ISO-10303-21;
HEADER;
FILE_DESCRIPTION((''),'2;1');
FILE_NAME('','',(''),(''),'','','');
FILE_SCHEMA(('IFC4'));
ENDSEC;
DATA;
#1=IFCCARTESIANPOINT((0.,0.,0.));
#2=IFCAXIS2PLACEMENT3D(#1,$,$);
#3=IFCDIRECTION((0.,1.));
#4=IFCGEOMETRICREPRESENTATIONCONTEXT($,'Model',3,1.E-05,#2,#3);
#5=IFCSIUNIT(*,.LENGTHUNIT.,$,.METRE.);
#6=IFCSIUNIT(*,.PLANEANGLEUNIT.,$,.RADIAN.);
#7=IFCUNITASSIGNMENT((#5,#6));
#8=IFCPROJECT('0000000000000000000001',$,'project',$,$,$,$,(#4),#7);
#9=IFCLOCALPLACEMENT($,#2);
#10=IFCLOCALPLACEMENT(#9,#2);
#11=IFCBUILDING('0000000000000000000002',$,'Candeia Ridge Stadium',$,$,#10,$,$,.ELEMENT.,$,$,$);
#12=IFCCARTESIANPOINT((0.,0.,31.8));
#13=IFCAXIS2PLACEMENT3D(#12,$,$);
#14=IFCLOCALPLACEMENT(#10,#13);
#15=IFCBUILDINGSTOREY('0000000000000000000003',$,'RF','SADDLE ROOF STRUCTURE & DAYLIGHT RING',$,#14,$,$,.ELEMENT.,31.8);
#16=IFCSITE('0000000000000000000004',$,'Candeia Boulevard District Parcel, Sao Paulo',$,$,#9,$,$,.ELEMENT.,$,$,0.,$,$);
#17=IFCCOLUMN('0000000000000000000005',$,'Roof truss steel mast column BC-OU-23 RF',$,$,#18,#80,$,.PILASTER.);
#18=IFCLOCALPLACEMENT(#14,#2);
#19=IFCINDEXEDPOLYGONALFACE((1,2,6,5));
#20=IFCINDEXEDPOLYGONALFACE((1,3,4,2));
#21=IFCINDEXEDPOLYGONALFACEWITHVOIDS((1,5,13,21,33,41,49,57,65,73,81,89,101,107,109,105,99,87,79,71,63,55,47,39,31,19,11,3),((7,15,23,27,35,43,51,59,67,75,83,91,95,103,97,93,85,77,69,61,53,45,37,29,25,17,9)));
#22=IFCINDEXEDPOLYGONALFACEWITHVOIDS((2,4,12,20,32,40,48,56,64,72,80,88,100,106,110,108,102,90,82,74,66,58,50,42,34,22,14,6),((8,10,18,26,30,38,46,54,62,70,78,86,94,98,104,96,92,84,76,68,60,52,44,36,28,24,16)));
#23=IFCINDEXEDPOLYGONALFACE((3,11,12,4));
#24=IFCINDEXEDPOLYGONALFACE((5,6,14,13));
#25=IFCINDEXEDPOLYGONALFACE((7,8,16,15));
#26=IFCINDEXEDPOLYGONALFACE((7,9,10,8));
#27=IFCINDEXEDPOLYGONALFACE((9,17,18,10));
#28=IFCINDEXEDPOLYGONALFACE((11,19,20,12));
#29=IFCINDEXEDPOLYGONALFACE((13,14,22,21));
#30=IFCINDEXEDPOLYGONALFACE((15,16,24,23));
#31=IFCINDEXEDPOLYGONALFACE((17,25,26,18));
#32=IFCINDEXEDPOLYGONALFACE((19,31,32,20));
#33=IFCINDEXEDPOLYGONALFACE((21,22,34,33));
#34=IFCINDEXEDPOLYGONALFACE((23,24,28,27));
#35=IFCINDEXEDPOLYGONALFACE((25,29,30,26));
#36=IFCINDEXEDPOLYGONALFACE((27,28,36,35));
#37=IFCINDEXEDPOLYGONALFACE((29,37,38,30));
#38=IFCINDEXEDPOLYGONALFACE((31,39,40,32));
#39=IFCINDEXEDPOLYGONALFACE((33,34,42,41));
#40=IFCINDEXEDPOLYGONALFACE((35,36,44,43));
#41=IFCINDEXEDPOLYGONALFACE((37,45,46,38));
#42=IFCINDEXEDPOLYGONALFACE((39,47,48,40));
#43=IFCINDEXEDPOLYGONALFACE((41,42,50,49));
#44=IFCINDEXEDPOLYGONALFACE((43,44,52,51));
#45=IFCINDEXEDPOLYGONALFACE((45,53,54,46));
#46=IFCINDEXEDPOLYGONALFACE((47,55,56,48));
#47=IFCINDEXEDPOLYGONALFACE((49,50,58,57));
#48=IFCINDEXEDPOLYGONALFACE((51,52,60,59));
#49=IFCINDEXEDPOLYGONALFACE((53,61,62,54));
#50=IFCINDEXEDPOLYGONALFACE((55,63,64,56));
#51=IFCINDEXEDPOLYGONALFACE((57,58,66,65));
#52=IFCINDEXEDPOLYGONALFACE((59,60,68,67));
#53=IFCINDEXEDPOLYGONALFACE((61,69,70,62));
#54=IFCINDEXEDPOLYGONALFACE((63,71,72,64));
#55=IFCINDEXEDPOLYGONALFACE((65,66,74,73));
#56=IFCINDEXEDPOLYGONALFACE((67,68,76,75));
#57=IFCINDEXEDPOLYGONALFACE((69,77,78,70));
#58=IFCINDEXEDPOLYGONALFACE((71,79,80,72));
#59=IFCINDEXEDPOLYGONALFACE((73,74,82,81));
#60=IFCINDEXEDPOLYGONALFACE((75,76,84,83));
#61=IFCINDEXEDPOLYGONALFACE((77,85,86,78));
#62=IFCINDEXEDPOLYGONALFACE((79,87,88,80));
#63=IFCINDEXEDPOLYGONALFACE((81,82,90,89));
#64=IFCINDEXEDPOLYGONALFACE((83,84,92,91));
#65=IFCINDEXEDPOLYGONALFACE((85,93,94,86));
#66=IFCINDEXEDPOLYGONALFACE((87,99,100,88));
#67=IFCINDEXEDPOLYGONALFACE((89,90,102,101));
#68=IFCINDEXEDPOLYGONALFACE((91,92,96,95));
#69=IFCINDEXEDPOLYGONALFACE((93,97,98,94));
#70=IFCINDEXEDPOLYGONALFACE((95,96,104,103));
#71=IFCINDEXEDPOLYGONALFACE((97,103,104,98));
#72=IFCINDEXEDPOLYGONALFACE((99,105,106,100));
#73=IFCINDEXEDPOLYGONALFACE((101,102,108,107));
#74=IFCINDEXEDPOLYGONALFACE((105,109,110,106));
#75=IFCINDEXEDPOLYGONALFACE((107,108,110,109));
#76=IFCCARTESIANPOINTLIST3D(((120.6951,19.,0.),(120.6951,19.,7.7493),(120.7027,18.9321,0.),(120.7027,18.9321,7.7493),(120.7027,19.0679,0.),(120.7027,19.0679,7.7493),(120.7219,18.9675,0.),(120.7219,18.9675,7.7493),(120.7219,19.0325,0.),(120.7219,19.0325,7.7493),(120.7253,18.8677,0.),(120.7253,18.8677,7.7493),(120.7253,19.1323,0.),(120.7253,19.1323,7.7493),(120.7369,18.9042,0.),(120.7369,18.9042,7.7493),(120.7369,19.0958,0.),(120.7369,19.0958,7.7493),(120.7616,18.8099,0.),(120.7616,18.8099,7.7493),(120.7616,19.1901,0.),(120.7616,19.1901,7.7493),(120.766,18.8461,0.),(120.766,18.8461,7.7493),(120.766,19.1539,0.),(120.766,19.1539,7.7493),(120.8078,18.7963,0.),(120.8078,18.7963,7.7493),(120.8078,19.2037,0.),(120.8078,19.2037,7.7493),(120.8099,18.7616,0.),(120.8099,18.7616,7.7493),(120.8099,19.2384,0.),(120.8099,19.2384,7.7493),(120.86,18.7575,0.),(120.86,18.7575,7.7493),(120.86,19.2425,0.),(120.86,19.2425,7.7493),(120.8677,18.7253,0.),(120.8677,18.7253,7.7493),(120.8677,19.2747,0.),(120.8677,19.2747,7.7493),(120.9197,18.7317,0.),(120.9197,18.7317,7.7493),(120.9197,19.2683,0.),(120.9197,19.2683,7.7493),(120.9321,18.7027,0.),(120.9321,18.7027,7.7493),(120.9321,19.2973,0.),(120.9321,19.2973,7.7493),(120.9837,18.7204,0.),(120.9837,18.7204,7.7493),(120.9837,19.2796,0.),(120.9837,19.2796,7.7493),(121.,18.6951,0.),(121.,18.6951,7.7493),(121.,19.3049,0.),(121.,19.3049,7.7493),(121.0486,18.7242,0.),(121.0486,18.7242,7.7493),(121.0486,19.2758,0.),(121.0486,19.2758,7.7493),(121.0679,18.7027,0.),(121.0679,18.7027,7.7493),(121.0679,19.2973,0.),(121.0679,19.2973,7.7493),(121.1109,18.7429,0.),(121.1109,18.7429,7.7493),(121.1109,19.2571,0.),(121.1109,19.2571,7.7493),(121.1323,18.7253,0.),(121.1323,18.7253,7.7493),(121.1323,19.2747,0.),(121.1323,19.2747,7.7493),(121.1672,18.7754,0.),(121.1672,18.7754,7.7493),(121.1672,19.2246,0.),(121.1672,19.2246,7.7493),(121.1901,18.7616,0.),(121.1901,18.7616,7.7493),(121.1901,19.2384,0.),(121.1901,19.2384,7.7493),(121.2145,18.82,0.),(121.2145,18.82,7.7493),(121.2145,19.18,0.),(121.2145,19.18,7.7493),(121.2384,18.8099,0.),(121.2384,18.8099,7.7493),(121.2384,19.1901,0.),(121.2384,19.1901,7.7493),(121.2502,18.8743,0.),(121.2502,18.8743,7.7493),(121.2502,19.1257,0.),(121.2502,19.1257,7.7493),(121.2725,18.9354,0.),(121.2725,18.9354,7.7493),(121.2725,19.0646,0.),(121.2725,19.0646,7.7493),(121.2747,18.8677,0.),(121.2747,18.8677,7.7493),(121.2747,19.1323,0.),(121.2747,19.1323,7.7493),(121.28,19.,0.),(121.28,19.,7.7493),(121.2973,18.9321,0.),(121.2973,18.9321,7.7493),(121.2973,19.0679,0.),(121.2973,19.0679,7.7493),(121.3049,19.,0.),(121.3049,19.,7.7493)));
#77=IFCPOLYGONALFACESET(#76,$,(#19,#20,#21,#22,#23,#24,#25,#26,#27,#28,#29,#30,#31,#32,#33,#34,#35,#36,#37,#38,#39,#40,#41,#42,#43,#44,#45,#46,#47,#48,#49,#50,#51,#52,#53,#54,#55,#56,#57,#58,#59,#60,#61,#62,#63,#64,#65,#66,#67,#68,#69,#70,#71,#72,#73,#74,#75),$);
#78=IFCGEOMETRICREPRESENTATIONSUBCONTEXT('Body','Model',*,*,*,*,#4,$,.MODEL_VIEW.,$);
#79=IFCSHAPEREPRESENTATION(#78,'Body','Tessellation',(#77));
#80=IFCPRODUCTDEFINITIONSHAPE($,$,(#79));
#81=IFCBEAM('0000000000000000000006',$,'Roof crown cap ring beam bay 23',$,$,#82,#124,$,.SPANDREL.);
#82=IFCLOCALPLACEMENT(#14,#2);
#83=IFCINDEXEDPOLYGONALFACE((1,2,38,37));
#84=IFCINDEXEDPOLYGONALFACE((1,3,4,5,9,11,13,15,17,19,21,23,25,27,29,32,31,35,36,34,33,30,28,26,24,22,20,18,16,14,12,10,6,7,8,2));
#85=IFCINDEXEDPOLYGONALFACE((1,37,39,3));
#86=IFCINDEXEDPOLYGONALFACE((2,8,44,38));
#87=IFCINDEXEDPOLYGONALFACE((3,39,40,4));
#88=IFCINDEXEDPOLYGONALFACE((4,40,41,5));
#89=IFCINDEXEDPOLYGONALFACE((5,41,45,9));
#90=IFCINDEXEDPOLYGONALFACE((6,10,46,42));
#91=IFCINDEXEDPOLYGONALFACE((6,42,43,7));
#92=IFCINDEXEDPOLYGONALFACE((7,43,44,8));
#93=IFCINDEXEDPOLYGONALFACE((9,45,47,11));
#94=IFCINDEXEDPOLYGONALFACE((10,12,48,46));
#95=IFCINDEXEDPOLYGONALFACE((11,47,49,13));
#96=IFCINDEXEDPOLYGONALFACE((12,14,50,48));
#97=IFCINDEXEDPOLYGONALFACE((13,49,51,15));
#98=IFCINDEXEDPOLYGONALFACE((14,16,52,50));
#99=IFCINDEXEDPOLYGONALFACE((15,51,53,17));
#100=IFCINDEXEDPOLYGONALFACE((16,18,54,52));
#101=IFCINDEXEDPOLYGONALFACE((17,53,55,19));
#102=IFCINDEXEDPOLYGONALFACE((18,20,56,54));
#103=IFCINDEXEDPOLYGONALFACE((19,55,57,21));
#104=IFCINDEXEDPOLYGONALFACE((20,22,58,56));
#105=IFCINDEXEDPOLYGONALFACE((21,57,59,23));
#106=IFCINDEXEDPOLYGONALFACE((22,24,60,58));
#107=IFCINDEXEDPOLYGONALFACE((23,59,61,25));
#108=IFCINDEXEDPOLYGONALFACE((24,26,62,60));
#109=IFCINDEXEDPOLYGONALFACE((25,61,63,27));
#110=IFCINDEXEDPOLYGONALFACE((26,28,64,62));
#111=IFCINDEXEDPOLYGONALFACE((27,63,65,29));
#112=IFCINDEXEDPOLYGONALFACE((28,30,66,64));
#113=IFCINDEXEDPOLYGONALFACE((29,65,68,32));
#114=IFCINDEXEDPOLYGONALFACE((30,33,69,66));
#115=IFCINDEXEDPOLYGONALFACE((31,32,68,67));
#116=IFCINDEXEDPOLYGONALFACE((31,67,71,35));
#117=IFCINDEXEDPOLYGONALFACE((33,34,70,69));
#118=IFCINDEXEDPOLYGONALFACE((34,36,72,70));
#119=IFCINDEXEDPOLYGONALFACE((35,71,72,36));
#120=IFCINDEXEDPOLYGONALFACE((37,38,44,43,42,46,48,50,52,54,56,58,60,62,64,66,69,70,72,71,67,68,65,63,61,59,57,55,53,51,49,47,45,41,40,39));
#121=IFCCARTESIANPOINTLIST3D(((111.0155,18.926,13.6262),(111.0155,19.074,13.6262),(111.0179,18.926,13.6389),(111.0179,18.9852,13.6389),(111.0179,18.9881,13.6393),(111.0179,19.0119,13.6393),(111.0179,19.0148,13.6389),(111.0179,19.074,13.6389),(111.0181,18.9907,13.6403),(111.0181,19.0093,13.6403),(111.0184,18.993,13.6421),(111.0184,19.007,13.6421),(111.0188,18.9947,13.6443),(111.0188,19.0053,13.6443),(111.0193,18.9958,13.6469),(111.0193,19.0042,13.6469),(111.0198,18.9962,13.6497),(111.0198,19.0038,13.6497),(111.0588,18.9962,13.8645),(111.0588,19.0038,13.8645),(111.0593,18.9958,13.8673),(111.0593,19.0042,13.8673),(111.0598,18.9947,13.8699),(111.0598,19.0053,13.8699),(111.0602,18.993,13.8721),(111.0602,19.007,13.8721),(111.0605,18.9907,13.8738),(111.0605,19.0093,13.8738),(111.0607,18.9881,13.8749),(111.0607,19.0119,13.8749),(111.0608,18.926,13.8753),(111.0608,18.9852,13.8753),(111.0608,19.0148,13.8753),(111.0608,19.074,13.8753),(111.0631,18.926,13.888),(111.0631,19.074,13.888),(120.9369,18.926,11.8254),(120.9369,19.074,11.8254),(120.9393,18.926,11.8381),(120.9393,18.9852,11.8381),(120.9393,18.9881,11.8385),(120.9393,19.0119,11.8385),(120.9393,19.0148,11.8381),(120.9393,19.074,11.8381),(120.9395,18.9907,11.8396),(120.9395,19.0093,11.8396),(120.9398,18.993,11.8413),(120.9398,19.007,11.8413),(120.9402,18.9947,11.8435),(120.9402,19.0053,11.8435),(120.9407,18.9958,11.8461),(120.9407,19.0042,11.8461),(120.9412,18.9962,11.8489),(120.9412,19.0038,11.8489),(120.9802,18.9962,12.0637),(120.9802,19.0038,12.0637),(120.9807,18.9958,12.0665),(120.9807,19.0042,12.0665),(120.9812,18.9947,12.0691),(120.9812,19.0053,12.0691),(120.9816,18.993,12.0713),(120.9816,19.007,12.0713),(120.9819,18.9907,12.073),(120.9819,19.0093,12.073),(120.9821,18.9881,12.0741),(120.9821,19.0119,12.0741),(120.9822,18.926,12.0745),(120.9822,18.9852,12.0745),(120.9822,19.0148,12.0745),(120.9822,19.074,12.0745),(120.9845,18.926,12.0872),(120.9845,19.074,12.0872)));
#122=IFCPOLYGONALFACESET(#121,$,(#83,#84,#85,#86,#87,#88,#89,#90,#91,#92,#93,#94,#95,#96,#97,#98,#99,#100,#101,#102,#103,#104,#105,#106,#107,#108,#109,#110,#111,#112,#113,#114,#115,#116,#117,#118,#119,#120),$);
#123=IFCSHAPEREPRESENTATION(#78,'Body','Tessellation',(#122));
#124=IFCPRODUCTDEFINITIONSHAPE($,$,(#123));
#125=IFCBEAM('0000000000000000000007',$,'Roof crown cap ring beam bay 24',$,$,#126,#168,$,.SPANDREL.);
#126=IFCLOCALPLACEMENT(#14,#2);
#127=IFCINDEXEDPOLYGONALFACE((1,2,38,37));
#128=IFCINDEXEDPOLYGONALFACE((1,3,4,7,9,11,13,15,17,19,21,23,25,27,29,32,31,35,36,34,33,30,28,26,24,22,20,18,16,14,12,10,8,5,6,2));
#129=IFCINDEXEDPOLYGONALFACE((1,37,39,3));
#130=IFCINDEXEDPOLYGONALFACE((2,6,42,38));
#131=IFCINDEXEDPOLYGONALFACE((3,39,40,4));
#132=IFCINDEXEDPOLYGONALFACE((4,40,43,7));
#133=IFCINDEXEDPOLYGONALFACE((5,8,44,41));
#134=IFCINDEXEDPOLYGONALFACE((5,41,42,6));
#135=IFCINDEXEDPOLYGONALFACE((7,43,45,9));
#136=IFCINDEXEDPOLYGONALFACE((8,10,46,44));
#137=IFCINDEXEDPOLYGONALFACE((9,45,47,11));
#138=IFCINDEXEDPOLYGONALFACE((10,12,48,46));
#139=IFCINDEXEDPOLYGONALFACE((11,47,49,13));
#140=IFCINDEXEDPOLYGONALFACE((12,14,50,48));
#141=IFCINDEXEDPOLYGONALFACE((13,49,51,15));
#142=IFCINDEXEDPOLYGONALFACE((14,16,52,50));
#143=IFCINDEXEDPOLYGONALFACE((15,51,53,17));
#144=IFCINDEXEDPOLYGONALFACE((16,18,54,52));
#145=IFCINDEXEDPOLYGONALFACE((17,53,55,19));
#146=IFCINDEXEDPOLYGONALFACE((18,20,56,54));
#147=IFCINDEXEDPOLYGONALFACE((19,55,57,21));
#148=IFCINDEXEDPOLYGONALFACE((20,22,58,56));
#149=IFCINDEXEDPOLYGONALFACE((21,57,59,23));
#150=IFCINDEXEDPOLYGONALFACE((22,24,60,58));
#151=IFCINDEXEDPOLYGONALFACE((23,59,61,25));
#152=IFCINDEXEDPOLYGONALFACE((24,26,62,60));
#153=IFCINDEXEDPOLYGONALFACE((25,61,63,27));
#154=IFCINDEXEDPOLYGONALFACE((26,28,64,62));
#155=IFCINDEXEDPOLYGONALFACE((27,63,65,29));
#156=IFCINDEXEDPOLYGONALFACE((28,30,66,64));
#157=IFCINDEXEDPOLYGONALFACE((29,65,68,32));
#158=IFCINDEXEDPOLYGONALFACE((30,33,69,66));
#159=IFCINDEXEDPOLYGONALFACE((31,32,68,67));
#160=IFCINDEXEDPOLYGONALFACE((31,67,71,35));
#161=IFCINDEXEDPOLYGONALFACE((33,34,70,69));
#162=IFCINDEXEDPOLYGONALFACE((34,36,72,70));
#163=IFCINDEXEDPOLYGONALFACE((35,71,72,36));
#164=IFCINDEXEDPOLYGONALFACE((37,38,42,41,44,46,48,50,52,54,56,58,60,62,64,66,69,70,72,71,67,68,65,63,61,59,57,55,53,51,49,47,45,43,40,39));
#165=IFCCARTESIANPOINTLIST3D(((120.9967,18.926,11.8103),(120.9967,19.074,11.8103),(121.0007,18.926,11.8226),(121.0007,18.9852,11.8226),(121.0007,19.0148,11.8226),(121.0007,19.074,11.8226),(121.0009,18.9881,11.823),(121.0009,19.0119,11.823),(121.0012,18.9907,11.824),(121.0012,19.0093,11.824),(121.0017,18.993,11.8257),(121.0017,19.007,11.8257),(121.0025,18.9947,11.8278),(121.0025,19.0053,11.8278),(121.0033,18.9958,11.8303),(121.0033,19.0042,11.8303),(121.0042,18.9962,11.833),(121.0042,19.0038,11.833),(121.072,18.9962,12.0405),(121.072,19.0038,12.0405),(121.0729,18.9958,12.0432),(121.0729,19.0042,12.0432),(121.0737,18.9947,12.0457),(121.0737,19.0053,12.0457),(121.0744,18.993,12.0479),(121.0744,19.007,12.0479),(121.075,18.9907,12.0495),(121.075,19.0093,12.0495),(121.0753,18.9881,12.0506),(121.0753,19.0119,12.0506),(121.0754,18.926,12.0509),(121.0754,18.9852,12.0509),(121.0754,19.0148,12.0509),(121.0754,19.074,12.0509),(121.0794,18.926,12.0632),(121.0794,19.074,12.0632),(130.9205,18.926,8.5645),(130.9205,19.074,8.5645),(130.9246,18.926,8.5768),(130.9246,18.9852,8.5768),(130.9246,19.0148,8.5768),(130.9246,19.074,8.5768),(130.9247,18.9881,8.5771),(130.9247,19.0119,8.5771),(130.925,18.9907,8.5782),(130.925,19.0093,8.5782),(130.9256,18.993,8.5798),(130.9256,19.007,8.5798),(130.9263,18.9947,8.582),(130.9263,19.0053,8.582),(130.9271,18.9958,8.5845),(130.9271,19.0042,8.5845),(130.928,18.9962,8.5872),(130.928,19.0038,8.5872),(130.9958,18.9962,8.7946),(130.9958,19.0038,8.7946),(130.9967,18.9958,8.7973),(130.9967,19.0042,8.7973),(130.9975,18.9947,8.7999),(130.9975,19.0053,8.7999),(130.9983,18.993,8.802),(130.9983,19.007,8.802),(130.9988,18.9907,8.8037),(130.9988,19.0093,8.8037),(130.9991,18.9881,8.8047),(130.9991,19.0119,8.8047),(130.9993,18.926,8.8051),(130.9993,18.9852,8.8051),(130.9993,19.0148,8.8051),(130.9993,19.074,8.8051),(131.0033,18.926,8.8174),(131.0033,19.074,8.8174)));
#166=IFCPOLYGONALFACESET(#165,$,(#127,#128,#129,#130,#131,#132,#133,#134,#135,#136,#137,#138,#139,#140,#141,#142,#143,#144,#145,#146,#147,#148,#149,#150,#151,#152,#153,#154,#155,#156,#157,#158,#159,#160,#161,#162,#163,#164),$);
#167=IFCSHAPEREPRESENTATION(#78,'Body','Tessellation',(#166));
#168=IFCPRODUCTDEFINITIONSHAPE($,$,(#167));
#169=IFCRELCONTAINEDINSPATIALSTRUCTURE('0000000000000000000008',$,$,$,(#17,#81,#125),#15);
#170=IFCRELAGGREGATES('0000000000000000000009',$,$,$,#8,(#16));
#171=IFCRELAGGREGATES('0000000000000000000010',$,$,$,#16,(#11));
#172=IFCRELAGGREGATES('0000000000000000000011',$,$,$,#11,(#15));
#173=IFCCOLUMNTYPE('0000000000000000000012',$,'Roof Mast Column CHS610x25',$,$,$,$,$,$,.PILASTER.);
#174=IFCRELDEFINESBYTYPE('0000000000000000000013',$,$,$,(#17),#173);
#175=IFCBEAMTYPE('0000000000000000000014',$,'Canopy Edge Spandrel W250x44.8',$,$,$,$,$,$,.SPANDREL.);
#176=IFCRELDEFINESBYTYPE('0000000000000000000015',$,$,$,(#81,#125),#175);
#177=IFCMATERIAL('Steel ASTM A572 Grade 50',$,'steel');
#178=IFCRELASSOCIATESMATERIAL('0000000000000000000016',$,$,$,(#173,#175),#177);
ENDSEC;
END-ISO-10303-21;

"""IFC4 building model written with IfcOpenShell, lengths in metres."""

from ifc_helpers import new_model, si_unit, direction, frame, origin, origin_2d, place, context, subcontext, project, spatial, hollow_circle, i_section, extrude, material, material_profile, profile_set, type_object, element, save


model = new_model("IFC4")

# Units and contexts
model_context = context("Model", 3, precision=1e-05, world=origin(), true_north=direction((0.0, 1.0)))
body_context = subcontext(model_context, "Body", "Model", "MODEL_VIEW")
ifc_project = project(units=[si_unit("LENGTHUNIT", "METRE"), si_unit("PLANEANGLEUNIT", "RADIAN")], contexts=[model_context])

# Site, building, storey
site_placement = place(None, origin())
site = spatial("IfcSite", under=ifc_project, at=site_placement, Name="Candeia Boulevard District Parcel, Sao Paulo", CompositionType="ELEMENT", RefElevation=0.0)
building_placement = place(site_placement, origin())
building = spatial("IfcBuilding", under=site, at=building_placement, Name="Candeia Ridge Stadium", CompositionType="ELEMENT")
storey_placement = place(building_placement, frame((0.0, 0.0, 31.8)))
storey = spatial("IfcBuildingStorey", under=building, at=storey_placement, Name="RF", Description="SADDLE ROOF STRUCTURE & DAYLIGHT RING", CompositionType="ELEMENT", Elevation=31.8)

# Column
ifc_material_1 = material(Name="Steel ASTM A572 Grade 50", Category="steel")
ifc_material_profile_1 = material_profile(ifc_material_1, hollow_circle(Radius=0.3049, WallThickness=0.0249, at=origin_2d()), Name="CHS610x25", Category="steel")
ifc_profile_set_1 = profile_set([ifc_material_profile_1], Name="Steel ASTM A572 Grade 50")
column_type = type_object("IfcColumnType", Name="Roof Mast Column CHS610x25", PredefinedType="PILASTER", material=ifc_profile_set_1)
column_placement = place(storey_placement, frame((121.0, 19.0, 0.0), z_axis=(0.0, 0.0, 1.0), x_axis=(1.0, 0.0, 0.0)))
element("IfcColumn", 1, at=column_placement, inside=storey, type_object=column_type, Name="Roof truss steel mast column BC-OU-23 RF", PredefinedType="PILASTER", context=body_context, shape_type="SweptSolid", body=[
    extrude(hollow_circle(Radius=0.3049, WallThickness=0.0249, at=origin_2d()), origin(), (0.0, 0.0, 1.0), 7.7493),
])

# Beams
ifc_material_profile_2 = material_profile(ifc_material_1, i_section(OverallWidth=0.1479, OverallDepth=0.2661, WebThickness=0.0076, FlangeThickness=0.0129, FilletRadius=0.011, at=origin_2d()), Name="W250x44.8", Category="steel")
ifc_profile_set_2 = profile_set([ifc_material_profile_2], Name="Steel ASTM A572 Grade 50")
beam_type_1 = type_object("IfcBeamType", Name="Canopy Edge Spandrel W250x44.8", PredefinedType="SPANDREL", material=ifc_profile_set_2)
beam_1_placement = place(storey_placement, frame((111.0393, 19.0, 13.7571), z_axis=(0.983924, 0.0, -0.178587), x_axis=(0.0, 1.0, 0.0)))
element("IfcBeam", 2, at=beam_1_placement, inside=storey, type_object=beam_type_1, Name="Roof crown cap ring beam bay 23", PredefinedType="SPANDREL", context=body_context, shape_type="SweptSolid", body=[
    extrude(i_section(OverallWidth=0.1479, OverallDepth=0.2661, WebThickness=0.0076, FlangeThickness=0.0129, FilletRadius=0.011, at=origin_2d()), origin(), (0.0, 0.0, 1.0), 10.0835),
])
beam_2_placement = place(storey_placement, frame((121.0381, 19.0, 11.9368), z_axis=(0.950452, 0.0, -0.31087), x_axis=(0.0, 1.0, 0.0)))
element("IfcBeam", 3, at=beam_2_placement, inside=storey, type_object=beam_type_1, Name="Roof crown cap ring beam bay 24", PredefinedType="SPANDREL", context=body_context, shape_type="SweptSolid", body=[
    extrude(i_section(OverallWidth=0.1479, OverallDepth=0.2661, WebThickness=0.0076, FlangeThickness=0.0129, FilletRadius=0.011, at=origin_2d()), origin(), (0.0, 0.0, 1.0), 10.4412),
])

save(model, "model.ifc")
